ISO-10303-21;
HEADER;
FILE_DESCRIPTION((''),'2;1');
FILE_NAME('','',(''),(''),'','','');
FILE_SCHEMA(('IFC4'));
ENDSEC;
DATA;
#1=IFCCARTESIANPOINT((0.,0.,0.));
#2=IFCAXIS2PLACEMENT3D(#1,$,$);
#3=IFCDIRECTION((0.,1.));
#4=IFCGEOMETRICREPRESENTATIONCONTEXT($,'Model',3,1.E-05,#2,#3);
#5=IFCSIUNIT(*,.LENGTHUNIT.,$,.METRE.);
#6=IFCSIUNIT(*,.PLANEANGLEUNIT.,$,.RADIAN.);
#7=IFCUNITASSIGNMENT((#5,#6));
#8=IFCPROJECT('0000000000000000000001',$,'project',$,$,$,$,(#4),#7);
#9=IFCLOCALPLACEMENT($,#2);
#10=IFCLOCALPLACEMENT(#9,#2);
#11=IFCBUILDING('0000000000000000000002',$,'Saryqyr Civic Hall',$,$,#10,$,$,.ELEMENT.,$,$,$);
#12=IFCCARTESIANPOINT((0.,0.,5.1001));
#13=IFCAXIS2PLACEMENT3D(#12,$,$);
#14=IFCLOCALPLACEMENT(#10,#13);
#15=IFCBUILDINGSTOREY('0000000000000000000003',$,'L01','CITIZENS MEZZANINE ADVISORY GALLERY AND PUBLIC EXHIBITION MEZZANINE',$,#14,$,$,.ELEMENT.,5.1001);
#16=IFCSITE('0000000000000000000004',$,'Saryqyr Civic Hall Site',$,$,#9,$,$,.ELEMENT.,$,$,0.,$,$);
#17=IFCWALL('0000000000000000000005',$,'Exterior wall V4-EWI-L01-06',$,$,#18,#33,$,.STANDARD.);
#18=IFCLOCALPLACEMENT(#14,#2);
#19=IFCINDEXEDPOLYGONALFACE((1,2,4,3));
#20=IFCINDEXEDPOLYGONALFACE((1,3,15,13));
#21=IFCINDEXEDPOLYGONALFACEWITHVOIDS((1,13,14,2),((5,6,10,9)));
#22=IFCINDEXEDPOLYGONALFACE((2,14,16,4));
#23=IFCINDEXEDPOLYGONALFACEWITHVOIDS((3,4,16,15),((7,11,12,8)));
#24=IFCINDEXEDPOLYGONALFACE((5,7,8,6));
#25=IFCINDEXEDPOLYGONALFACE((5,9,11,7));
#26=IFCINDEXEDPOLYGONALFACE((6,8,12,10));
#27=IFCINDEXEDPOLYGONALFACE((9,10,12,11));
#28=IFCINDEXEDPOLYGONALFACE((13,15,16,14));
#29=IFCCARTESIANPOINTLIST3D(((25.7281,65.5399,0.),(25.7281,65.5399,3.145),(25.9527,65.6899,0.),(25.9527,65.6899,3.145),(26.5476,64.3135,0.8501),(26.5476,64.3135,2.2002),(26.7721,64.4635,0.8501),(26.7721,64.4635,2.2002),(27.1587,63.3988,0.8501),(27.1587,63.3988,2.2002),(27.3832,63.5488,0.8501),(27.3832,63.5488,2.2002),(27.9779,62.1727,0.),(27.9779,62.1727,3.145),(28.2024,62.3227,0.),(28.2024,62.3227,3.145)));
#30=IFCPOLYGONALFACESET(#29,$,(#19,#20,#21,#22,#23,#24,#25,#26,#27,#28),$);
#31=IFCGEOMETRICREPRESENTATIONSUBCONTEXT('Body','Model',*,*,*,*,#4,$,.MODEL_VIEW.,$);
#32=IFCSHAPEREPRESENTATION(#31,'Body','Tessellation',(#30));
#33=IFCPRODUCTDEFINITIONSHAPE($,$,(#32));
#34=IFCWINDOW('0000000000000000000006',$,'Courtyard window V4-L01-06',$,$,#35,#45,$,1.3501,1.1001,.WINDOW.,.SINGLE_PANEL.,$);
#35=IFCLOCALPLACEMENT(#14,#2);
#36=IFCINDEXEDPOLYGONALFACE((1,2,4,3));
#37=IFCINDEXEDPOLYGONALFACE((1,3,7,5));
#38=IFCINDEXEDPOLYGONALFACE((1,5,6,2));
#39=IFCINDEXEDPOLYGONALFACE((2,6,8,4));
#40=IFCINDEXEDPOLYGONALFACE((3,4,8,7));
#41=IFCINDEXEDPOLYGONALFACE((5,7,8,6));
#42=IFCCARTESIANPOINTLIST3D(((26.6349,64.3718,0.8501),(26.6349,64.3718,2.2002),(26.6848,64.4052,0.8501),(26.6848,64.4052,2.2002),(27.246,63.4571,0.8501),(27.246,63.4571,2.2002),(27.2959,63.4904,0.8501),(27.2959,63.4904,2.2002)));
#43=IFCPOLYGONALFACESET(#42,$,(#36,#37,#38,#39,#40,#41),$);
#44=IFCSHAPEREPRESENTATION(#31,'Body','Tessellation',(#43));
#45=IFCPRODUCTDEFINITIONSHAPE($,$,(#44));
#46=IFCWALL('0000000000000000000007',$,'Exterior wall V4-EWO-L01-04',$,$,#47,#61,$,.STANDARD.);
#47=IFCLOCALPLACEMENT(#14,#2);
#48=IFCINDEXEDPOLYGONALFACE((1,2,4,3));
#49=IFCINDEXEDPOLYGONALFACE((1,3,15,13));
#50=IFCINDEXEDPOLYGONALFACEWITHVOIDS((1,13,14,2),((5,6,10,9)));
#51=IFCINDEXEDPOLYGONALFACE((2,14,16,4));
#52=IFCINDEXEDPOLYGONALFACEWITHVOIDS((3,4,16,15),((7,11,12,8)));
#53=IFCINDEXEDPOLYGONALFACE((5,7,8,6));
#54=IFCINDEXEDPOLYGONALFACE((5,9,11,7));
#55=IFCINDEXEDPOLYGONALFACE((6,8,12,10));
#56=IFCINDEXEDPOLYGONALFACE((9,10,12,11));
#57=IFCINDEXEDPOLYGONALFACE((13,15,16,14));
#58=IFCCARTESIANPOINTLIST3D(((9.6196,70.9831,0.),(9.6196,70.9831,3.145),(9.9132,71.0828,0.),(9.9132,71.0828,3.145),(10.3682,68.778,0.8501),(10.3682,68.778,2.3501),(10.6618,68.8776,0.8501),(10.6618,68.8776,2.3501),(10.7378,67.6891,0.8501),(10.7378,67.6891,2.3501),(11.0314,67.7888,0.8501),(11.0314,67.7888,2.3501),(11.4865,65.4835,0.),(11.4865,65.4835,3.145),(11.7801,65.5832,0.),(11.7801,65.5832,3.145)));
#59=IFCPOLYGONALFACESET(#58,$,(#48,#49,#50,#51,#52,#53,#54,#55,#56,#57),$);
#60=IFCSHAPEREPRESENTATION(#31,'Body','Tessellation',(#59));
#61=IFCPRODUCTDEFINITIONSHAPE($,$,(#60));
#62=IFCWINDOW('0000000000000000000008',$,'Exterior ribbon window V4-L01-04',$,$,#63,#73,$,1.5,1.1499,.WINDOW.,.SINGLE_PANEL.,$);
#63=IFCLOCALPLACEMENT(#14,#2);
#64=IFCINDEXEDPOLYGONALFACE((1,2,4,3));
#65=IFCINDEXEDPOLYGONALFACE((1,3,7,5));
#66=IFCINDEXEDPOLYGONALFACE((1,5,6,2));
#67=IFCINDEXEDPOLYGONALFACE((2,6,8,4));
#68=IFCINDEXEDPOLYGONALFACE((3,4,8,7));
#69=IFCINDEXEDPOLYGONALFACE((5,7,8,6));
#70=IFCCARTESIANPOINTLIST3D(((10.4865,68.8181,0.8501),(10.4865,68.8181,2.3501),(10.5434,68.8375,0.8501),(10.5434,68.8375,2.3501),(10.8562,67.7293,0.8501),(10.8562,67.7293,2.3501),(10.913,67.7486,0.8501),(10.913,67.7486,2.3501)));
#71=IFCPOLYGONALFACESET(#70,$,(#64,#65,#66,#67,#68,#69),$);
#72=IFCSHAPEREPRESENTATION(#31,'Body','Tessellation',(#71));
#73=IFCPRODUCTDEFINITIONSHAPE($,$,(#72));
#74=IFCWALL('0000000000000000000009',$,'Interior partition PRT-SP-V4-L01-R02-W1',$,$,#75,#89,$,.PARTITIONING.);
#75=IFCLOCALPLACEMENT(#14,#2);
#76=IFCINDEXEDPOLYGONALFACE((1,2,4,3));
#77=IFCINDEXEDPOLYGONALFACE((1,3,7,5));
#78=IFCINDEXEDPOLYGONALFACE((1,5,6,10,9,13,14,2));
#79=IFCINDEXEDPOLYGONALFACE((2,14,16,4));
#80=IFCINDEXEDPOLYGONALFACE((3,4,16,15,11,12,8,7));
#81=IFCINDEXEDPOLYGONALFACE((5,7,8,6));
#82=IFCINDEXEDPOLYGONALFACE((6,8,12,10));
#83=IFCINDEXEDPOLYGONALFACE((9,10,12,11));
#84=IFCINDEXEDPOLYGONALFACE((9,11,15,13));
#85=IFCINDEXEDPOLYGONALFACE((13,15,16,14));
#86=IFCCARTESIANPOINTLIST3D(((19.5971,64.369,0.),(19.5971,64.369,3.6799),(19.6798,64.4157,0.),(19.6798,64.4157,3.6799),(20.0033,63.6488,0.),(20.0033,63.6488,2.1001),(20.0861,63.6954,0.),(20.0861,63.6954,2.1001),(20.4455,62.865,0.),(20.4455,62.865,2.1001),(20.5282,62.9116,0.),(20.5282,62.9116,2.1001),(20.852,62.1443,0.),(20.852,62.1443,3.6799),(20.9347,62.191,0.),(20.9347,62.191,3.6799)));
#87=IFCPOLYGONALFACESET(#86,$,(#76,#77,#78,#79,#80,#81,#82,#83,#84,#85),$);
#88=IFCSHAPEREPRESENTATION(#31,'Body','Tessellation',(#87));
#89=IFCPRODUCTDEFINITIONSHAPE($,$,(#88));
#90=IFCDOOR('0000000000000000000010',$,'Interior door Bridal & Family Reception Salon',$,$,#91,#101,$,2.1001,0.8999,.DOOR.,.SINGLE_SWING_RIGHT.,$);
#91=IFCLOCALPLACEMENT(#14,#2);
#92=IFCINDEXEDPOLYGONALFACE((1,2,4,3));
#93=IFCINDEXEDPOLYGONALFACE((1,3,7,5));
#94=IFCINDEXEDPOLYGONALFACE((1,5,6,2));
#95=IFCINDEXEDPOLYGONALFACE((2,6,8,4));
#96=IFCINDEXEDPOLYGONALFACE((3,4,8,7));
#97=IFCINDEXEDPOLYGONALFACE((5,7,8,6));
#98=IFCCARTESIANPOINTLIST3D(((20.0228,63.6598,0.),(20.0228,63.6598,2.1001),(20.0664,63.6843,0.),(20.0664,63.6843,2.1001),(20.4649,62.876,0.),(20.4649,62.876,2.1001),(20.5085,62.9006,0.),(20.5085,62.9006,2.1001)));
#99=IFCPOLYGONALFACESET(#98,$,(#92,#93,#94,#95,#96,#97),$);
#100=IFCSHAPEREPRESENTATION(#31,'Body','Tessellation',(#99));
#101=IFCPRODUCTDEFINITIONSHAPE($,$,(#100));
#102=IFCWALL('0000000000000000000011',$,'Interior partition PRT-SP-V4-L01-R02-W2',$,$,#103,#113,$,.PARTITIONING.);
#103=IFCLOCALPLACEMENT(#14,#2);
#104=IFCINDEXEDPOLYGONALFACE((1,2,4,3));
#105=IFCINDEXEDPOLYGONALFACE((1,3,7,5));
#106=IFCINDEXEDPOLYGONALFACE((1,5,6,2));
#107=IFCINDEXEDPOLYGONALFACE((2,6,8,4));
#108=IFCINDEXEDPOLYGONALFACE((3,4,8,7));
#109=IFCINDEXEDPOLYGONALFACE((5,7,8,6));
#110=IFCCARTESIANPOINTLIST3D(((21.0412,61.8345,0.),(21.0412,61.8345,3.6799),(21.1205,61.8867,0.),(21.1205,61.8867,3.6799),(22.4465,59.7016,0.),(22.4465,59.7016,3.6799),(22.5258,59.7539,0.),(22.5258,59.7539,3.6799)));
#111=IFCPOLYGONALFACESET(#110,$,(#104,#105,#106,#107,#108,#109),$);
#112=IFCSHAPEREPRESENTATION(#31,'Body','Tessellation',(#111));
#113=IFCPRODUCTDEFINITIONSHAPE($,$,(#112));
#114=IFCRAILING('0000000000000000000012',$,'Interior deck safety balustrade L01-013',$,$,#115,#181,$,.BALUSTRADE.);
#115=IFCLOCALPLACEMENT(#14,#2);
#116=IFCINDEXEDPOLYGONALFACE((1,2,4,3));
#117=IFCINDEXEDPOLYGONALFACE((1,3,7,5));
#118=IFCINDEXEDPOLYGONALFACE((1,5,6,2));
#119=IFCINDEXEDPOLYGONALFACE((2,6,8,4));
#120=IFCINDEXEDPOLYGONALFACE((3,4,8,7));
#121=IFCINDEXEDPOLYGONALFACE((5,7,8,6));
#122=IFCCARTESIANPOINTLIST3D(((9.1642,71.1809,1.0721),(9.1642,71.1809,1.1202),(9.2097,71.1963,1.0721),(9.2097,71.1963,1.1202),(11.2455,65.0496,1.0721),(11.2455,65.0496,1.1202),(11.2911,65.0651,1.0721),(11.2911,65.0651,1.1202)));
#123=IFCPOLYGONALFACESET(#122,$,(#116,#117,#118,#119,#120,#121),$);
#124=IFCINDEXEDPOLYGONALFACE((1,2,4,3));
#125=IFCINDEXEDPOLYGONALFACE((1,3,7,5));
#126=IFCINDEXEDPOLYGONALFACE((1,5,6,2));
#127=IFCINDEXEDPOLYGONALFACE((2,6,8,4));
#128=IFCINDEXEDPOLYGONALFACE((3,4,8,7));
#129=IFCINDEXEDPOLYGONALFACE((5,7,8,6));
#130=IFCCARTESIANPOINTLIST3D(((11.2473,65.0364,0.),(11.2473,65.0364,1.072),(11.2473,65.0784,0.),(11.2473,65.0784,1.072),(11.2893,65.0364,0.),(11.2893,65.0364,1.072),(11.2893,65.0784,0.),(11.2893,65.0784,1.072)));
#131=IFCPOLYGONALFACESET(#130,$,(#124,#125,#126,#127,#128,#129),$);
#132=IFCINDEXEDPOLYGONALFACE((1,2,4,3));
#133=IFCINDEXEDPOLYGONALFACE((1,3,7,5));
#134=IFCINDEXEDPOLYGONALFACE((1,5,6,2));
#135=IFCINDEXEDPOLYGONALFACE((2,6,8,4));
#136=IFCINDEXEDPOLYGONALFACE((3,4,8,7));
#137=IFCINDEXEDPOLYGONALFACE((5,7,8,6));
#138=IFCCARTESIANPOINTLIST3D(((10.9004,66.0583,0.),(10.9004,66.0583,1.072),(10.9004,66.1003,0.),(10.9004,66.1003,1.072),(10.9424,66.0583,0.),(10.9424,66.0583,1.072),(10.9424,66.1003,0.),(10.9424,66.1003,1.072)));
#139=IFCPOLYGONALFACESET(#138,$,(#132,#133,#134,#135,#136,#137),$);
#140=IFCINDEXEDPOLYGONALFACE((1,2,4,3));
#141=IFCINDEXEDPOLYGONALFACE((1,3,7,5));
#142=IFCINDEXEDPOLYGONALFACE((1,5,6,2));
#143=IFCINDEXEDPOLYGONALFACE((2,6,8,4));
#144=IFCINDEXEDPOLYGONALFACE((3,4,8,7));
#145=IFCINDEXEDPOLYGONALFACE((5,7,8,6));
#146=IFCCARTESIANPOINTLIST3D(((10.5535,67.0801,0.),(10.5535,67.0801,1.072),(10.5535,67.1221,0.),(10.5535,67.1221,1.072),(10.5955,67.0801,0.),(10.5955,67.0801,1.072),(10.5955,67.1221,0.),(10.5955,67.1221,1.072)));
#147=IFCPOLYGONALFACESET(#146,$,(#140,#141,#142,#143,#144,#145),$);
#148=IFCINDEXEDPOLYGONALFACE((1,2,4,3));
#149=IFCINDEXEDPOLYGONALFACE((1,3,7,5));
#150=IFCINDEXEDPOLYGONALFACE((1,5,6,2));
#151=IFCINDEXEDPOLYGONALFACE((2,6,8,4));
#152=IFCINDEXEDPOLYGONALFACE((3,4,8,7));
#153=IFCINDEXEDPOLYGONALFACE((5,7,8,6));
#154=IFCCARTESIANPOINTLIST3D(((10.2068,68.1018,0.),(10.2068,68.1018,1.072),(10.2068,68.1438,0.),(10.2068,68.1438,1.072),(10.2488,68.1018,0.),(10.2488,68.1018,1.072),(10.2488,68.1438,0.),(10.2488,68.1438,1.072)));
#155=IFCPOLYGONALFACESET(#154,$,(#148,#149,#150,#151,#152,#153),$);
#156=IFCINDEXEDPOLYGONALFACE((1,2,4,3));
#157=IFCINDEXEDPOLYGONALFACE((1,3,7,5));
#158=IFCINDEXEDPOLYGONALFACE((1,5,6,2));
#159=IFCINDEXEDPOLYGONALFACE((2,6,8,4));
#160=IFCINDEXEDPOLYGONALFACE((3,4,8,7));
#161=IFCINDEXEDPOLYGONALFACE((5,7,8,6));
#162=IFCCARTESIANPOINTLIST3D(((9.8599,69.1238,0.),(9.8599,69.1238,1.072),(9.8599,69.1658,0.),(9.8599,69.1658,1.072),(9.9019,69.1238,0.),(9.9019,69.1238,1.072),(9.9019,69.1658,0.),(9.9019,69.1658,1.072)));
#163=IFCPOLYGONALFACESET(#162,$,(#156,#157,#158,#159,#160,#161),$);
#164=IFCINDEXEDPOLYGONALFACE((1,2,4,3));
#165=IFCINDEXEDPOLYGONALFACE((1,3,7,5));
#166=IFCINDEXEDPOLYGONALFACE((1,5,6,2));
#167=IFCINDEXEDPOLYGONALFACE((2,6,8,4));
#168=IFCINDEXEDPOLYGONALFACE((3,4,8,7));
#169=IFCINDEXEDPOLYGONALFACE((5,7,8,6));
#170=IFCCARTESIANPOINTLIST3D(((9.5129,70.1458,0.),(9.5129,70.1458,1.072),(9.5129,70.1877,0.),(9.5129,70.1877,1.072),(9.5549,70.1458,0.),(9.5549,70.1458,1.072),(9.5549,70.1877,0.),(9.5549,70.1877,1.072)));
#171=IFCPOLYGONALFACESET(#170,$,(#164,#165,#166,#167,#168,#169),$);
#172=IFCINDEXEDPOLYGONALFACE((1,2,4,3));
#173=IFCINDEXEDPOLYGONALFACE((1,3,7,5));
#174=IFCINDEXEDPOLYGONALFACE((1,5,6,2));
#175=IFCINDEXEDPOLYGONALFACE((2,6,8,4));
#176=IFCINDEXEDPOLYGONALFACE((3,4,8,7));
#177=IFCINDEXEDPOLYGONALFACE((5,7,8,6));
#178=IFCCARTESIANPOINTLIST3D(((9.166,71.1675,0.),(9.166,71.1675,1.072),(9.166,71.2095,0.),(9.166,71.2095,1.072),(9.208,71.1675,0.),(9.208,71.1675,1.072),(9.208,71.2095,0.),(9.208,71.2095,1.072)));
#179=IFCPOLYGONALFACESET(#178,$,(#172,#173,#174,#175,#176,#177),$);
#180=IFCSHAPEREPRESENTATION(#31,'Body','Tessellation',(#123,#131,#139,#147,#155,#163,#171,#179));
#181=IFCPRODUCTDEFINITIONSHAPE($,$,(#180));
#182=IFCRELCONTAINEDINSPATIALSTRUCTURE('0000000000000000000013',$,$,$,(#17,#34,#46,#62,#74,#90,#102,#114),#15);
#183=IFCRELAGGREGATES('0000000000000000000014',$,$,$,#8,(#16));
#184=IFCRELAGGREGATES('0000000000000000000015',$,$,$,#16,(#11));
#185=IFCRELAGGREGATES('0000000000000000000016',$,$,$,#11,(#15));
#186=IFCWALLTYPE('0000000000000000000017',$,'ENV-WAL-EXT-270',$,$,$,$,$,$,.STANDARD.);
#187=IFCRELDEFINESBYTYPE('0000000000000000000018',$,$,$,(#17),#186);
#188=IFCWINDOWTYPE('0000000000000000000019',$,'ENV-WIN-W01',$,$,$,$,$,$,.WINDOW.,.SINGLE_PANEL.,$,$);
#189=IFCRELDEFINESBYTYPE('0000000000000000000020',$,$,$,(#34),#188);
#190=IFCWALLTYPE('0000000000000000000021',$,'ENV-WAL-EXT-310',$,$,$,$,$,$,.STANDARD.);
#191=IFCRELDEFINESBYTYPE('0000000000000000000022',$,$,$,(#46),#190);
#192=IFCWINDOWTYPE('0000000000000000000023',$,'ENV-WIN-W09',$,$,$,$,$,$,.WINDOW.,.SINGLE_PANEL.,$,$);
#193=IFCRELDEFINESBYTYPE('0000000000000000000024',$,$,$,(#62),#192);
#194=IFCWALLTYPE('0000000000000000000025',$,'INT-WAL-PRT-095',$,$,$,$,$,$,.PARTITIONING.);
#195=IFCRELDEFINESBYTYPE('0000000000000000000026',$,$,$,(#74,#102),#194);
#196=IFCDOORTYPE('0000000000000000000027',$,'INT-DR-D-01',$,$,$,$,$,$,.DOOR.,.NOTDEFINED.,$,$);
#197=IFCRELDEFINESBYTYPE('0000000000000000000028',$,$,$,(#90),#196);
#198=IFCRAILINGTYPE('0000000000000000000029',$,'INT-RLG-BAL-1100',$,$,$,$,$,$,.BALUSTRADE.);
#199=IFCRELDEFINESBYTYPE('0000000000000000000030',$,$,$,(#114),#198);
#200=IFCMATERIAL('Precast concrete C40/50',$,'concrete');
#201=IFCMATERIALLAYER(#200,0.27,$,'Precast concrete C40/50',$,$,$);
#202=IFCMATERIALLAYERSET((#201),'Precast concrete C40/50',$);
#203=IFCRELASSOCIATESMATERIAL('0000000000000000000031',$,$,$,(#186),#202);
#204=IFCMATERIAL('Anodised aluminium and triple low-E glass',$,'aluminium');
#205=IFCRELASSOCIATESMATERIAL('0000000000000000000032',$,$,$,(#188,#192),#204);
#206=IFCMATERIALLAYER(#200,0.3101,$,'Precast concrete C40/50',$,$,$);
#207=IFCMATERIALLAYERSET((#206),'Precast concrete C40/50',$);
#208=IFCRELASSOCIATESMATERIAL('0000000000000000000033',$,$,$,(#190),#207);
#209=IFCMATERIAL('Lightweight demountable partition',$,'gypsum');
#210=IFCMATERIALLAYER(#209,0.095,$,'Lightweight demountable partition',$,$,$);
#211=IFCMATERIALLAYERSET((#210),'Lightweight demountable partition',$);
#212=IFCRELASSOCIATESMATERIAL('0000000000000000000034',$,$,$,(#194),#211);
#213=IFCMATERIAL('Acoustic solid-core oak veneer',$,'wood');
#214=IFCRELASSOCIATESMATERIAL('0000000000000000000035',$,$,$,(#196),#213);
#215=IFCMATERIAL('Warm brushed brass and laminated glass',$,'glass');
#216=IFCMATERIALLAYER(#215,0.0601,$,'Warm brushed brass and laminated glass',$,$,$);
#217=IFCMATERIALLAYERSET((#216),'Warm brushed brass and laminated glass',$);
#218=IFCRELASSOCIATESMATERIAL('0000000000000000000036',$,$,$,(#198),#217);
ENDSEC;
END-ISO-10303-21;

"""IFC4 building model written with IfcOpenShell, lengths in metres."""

from ifc_helpers import new_model, si_unit, direction, frame, frame_2d, origin, origin_2d, place, context, subcontext, project, spatial, rectangle, extrude, material, layer, layer_set, type_object, element, fill, save


model = new_model("IFC4")

# Units and contexts
model_context = context("Model", 3, precision=1e-05, world=origin(), true_north=direction((0.0, 1.0)))
body_context = subcontext(model_context, "Body", "Model", "MODEL_VIEW")
ifc_project = project(units=[si_unit("LENGTHUNIT", "METRE"), si_unit("PLANEANGLEUNIT", "RADIAN")], contexts=[model_context])

# Site, building, storey
site_placement = place(None, origin())
site = spatial("IfcSite", under=ifc_project, at=site_placement, Name="Saryqyr Civic Hall Site", CompositionType="ELEMENT", RefElevation=0.0)
building_placement = place(site_placement, origin())
building = spatial("IfcBuilding", under=site, at=building_placement, Name="Saryqyr Civic Hall", CompositionType="ELEMENT")
storey_placement = place(building_placement, frame((0.0, 0.0, 5.1001)))
storey = spatial("IfcBuildingStorey", under=building, at=storey_placement, Name="L01", Description="CITIZENS MEZZANINE ADVISORY GALLERY AND PUBLIC EXHIBITION MEZZANINE", CompositionType="ELEMENT", Elevation=5.1001)

# Shared definitions
ifc_material_1 = material(Name="Anodised aluminium and triple low-E glass", Category="aluminium")

# Walls, openings, windows
ifc_material_2 = material(Name="Precast concrete C40/50", Category="concrete")
ifc_layer_1 = layer(ifc_material_2, 0.27, Name="Precast concrete C40/50")
ifc_layer_set_1 = layer_set([ifc_layer_1], Name="Precast concrete C40/50")
wall_type_1 = type_object("IfcWallType", Name="ENV-WAL-EXT-270", PredefinedType="STANDARD", material=ifc_layer_set_1)
wall_1_placement = place(storey_placement, frame((25.8403, 65.615, 0.0), z_axis=(0.0, 0.0, 1.0), x_axis=(0.555549, -0.831484, 0.0)))
wall_1 = element("IfcWall", 1, at=wall_1_placement, inside=storey, type_object=wall_type_1, Name="Exterior wall V4-EWI-L01-06", PredefinedType="STANDARD", context=body_context, shape_type="SweptSolid", body=[
    extrude(rectangle(XDim=4.0496, YDim=0.27, at=frame_2d((2.0249, 0.0))), origin(), (0.0, 0.0, 1.0), 3.145),
])
opening_1_placement = place(wall_1_placement, frame((1.4751, 0.0, 0.8501)))
opening_1 = element("IfcOpeningElement", 2, at=opening_1_placement, cuts=wall_1, PredefinedType="OPENING", context=body_context, shape_type="SweptSolid", body=[
    extrude(rectangle(XDim=1.1001, YDim=1.3501, at=frame_2d((0.55, 0.675))), frame((0.0, 0.145, 0.0), z_axis=(0.0, -1.0, 0.0), x_axis=(1.0, 0.0, 0.0)), (0.0, 0.0, 1.0), 0.29),
])
window_type_1 = type_object("IfcWindowType", Name="ENV-WIN-W01", PartitioningType="SINGLE_PANEL", PredefinedType="WINDOW", material=ifc_material_1)
window_1_placement = place(opening_1_placement, origin())
window_1 = element("IfcWindow", 3, at=window_1_placement, inside=storey, type_object=window_type_1, Name="Courtyard window V4-L01-06", OverallHeight=1.3501, OverallWidth=1.1001, PartitioningType="SINGLE_PANEL", PredefinedType="WINDOW", context=body_context, shape_type="SweptSolid", body=[
    extrude(rectangle(XDim=1.1001, YDim=1.3501, at=frame_2d((0.55, 0.675))), frame((0.0, 0.03, 0.0), z_axis=(0.0, -1.0, 0.0), x_axis=(1.0, 0.0, 0.0)), (0.0, 0.0, 1.0), 0.0601),
])
fill(opening_1, window_1)
ifc_layer_2 = layer(ifc_material_2, 0.3101, Name="Precast concrete C40/50")
ifc_layer_set_2 = layer_set([ifc_layer_2], Name="Precast concrete C40/50")
wall_type_2 = type_object("IfcWallType", Name="ENV-WAL-EXT-310", PredefinedType="STANDARD", material=ifc_layer_set_2)
wall_2_placement = place(storey_placement, frame((11.6333, 65.5334, 0.0), z_axis=(0.0, 0.0, 1.0), x_axis=(-0.321457, 0.946924, 0.0)))
wall_2 = element("IfcWall", 4, at=wall_2_placement, inside=storey, type_object=wall_type_2, Name="Exterior wall V4-EWO-L01-04", PredefinedType="STANDARD", context=body_context, shape_type="SweptSolid", body=[
    extrude(rectangle(XDim=5.8079, YDim=0.3101, at=frame_2d((2.9038, 0.0))), origin(), (0.0, 0.0, 1.0), 3.145),
])
opening_2_placement = place(wall_2_placement, frame((2.3291, 0.0, 0.8501)))
opening_2 = element("IfcOpeningElement", 5, at=opening_2_placement, cuts=wall_2, PredefinedType="OPENING", context=body_context, shape_type="SweptSolid", body=[
    extrude(rectangle(XDim=1.1499, YDim=1.5, at=frame_2d((0.575, 0.75))), frame((0.0, 0.165, 0.0), z_axis=(0.0, -1.0, 0.0), x_axis=(1.0, 0.0, 0.0)), (0.0, 0.0, 1.0), 0.3301),
])
window_type_2 = type_object("IfcWindowType", Name="ENV-WIN-W09", PartitioningType="SINGLE_PANEL", PredefinedType="WINDOW", material=ifc_material_1)
window_2_placement = place(opening_2_placement, origin())
window_2 = element("IfcWindow", 6, at=window_2_placement, inside=storey, type_object=window_type_2, Name="Exterior ribbon window V4-L01-04", OverallHeight=1.5, OverallWidth=1.1499, PartitioningType="SINGLE_PANEL", PredefinedType="WINDOW", context=body_context, shape_type="SweptSolid", body=[
    extrude(rectangle(XDim=1.1499, YDim=1.5, at=frame_2d((0.575, 0.75))), frame((0.0, 0.03, 0.0), z_axis=(0.0, -1.0, 0.0), x_axis=(1.0, 0.0, 0.0)), (0.0, 0.0, 1.0), 0.0601),
])
fill(opening_2, window_2)

# Wall, opening, door
ifc_material_3 = material(Name="Lightweight demountable partition", Category="gypsum")
ifc_layer_3 = layer(ifc_material_3, 0.095, Name="Lightweight demountable partition")
ifc_layer_set_3 = layer_set([ifc_layer_3], Name="Lightweight demountable partition")
wall_type_3 = type_object("IfcWallType", Name="INT-WAL-PRT-095", PredefinedType="PARTITIONING", material=ifc_layer_set_3)
wall_3_placement = place(storey_placement, frame((19.6384, 64.3923, 0.0), z_axis=(0.0, 0.0, 1.0), x_axis=(0.491314, -0.870983, 0.0)))
wall_3 = element("IfcWall", 7, at=wall_3_placement, inside=storey, type_object=wall_type_3, Name="Interior partition PRT-SP-V4-L01-R02-W1", PredefinedType="PARTITIONING", context=body_context, shape_type="SweptSolid", body=[
    extrude(rectangle(XDim=2.5542, YDim=0.095, at=frame_2d((1.2771, 0.0))), origin(), (0.0, 0.0, 1.0), 3.6799),
])
opening_3_placement = place(wall_3_placement, frame((0.8269, 0.0, 0.0)))
opening_3 = element("IfcOpeningElement", 8, at=opening_3_placement, cuts=wall_3, PredefinedType="OPENING", context=body_context, shape_type="SweptSolid", body=[
    extrude(rectangle(XDim=0.8999, YDim=2.1001, at=frame_2d((0.45, 1.05))), frame((0.0, 0.0574, 0.0), z_axis=(0.0, -1.0, 0.0), x_axis=(1.0, 0.0, 0.0)), (0.0, 0.0, 1.0), 0.115),
])
ifc_material_4 = material(Name="Acoustic solid-core oak veneer", Category="wood")
door_type = type_object("IfcDoorType", Name="INT-DR-D-01", OperationType="NOTDEFINED", PredefinedType="DOOR", material=ifc_material_4)
door_placement = place(opening_3_placement, origin())
door = element("IfcDoor", 9, at=door_placement, inside=storey, type_object=door_type, Name="Interior door Bridal & Family Reception Salon", OperationType="SINGLE_SWING_RIGHT", OverallHeight=2.1001, OverallWidth=0.8999, PredefinedType="DOOR", context=body_context, shape_type="SweptSolid", body=[
    extrude(rectangle(XDim=0.8999, YDim=2.1001, at=frame_2d((0.45, 1.05))), frame((0.0, 0.0249, 0.0), z_axis=(0.0, -1.0, 0.0), x_axis=(1.0, 0.0, 0.0)), (0.0, 0.0, 1.0), 0.05),
])
fill(opening_3, door)

# Wall
wall_4_placement = place(storey_placement, frame((21.0808, 61.8606, 0.0), z_axis=(0.0, 0.0, 1.0), x_axis=(0.550192, -0.835038, 0.0)))
element("IfcWall", 10, at=wall_4_placement, inside=storey, type_object=wall_type_3, Name="Interior partition PRT-SP-V4-L01-R02-W2", PredefinedType="PARTITIONING", context=body_context, shape_type="SweptSolid", body=[
    extrude(rectangle(XDim=2.5542, YDim=0.095, at=frame_2d((1.2771, 0.0))), origin(), (0.0, 0.0, 1.0), 3.6799),
])

# Railing
ifc_material_5 = material(Name="Warm brushed brass and laminated glass", Category="glass")
ifc_layer_4 = layer(ifc_material_5, 0.0601, Name="Warm brushed brass and laminated glass")
ifc_layer_set_4 = layer_set([ifc_layer_4], Name="Warm brushed brass and laminated glass")
railing_type = type_object("IfcRailingType", Name="INT-RLG-BAL-1100", PredefinedType="BALUSTRADE", material=ifc_layer_set_4)
railing_placement = place(storey_placement, frame((11.2683, 65.0574, 0.0)))
element("IfcRailing", 11, at=railing_placement, inside=storey, type_object=railing_type, Name="Interior deck safety balustrade L01-013", PredefinedType="BALUSTRADE", context=body_context, shape_type="SweptSolid", body=[
    extrude(rectangle(XDim=0.0481, YDim=0.0481, at=origin_2d()), frame((0.0, 0.0, 1.0962), z_axis=(-0.321449, 0.946927, 0.0), x_axis=(-0.946927, -0.321449, 0.0)), (0.0, 0.0, 1.0), 6.4749),
    extrude(rectangle(XDim=0.042, YDim=0.042, at=origin_2d()), origin(), (0.0, 0.0, 1.0), 1.072),
    extrude(rectangle(XDim=0.042, YDim=0.042, at=origin_2d()), frame((-0.3469, 1.022, 0.0)), (0.0, 0.0, 1.0), 1.072),
    extrude(rectangle(XDim=0.042, YDim=0.042, at=origin_2d()), frame((-0.6938, 2.0437, 0.0)), (0.0, 0.0, 1.0), 1.072),
    extrude(rectangle(XDim=0.042, YDim=0.042, at=origin_2d()), frame((-1.0405, 3.0654, 0.0)), (0.0, 0.0, 1.0), 1.072),
    extrude(rectangle(XDim=0.042, YDim=0.042, at=origin_2d()), frame((-1.3875, 4.0874, 0.0)), (0.0, 0.0, 1.0), 1.072),
    extrude(rectangle(XDim=0.042, YDim=0.042, at=origin_2d()), frame((-1.7344, 5.1094, 0.0)), (0.0, 0.0, 1.0), 1.072),
    extrude(rectangle(XDim=0.042, YDim=0.042, at=origin_2d()), frame((-2.0813, 6.1311, 0.0)), (0.0, 0.0, 1.0), 1.072),
])

save(model, "model.ifc")
